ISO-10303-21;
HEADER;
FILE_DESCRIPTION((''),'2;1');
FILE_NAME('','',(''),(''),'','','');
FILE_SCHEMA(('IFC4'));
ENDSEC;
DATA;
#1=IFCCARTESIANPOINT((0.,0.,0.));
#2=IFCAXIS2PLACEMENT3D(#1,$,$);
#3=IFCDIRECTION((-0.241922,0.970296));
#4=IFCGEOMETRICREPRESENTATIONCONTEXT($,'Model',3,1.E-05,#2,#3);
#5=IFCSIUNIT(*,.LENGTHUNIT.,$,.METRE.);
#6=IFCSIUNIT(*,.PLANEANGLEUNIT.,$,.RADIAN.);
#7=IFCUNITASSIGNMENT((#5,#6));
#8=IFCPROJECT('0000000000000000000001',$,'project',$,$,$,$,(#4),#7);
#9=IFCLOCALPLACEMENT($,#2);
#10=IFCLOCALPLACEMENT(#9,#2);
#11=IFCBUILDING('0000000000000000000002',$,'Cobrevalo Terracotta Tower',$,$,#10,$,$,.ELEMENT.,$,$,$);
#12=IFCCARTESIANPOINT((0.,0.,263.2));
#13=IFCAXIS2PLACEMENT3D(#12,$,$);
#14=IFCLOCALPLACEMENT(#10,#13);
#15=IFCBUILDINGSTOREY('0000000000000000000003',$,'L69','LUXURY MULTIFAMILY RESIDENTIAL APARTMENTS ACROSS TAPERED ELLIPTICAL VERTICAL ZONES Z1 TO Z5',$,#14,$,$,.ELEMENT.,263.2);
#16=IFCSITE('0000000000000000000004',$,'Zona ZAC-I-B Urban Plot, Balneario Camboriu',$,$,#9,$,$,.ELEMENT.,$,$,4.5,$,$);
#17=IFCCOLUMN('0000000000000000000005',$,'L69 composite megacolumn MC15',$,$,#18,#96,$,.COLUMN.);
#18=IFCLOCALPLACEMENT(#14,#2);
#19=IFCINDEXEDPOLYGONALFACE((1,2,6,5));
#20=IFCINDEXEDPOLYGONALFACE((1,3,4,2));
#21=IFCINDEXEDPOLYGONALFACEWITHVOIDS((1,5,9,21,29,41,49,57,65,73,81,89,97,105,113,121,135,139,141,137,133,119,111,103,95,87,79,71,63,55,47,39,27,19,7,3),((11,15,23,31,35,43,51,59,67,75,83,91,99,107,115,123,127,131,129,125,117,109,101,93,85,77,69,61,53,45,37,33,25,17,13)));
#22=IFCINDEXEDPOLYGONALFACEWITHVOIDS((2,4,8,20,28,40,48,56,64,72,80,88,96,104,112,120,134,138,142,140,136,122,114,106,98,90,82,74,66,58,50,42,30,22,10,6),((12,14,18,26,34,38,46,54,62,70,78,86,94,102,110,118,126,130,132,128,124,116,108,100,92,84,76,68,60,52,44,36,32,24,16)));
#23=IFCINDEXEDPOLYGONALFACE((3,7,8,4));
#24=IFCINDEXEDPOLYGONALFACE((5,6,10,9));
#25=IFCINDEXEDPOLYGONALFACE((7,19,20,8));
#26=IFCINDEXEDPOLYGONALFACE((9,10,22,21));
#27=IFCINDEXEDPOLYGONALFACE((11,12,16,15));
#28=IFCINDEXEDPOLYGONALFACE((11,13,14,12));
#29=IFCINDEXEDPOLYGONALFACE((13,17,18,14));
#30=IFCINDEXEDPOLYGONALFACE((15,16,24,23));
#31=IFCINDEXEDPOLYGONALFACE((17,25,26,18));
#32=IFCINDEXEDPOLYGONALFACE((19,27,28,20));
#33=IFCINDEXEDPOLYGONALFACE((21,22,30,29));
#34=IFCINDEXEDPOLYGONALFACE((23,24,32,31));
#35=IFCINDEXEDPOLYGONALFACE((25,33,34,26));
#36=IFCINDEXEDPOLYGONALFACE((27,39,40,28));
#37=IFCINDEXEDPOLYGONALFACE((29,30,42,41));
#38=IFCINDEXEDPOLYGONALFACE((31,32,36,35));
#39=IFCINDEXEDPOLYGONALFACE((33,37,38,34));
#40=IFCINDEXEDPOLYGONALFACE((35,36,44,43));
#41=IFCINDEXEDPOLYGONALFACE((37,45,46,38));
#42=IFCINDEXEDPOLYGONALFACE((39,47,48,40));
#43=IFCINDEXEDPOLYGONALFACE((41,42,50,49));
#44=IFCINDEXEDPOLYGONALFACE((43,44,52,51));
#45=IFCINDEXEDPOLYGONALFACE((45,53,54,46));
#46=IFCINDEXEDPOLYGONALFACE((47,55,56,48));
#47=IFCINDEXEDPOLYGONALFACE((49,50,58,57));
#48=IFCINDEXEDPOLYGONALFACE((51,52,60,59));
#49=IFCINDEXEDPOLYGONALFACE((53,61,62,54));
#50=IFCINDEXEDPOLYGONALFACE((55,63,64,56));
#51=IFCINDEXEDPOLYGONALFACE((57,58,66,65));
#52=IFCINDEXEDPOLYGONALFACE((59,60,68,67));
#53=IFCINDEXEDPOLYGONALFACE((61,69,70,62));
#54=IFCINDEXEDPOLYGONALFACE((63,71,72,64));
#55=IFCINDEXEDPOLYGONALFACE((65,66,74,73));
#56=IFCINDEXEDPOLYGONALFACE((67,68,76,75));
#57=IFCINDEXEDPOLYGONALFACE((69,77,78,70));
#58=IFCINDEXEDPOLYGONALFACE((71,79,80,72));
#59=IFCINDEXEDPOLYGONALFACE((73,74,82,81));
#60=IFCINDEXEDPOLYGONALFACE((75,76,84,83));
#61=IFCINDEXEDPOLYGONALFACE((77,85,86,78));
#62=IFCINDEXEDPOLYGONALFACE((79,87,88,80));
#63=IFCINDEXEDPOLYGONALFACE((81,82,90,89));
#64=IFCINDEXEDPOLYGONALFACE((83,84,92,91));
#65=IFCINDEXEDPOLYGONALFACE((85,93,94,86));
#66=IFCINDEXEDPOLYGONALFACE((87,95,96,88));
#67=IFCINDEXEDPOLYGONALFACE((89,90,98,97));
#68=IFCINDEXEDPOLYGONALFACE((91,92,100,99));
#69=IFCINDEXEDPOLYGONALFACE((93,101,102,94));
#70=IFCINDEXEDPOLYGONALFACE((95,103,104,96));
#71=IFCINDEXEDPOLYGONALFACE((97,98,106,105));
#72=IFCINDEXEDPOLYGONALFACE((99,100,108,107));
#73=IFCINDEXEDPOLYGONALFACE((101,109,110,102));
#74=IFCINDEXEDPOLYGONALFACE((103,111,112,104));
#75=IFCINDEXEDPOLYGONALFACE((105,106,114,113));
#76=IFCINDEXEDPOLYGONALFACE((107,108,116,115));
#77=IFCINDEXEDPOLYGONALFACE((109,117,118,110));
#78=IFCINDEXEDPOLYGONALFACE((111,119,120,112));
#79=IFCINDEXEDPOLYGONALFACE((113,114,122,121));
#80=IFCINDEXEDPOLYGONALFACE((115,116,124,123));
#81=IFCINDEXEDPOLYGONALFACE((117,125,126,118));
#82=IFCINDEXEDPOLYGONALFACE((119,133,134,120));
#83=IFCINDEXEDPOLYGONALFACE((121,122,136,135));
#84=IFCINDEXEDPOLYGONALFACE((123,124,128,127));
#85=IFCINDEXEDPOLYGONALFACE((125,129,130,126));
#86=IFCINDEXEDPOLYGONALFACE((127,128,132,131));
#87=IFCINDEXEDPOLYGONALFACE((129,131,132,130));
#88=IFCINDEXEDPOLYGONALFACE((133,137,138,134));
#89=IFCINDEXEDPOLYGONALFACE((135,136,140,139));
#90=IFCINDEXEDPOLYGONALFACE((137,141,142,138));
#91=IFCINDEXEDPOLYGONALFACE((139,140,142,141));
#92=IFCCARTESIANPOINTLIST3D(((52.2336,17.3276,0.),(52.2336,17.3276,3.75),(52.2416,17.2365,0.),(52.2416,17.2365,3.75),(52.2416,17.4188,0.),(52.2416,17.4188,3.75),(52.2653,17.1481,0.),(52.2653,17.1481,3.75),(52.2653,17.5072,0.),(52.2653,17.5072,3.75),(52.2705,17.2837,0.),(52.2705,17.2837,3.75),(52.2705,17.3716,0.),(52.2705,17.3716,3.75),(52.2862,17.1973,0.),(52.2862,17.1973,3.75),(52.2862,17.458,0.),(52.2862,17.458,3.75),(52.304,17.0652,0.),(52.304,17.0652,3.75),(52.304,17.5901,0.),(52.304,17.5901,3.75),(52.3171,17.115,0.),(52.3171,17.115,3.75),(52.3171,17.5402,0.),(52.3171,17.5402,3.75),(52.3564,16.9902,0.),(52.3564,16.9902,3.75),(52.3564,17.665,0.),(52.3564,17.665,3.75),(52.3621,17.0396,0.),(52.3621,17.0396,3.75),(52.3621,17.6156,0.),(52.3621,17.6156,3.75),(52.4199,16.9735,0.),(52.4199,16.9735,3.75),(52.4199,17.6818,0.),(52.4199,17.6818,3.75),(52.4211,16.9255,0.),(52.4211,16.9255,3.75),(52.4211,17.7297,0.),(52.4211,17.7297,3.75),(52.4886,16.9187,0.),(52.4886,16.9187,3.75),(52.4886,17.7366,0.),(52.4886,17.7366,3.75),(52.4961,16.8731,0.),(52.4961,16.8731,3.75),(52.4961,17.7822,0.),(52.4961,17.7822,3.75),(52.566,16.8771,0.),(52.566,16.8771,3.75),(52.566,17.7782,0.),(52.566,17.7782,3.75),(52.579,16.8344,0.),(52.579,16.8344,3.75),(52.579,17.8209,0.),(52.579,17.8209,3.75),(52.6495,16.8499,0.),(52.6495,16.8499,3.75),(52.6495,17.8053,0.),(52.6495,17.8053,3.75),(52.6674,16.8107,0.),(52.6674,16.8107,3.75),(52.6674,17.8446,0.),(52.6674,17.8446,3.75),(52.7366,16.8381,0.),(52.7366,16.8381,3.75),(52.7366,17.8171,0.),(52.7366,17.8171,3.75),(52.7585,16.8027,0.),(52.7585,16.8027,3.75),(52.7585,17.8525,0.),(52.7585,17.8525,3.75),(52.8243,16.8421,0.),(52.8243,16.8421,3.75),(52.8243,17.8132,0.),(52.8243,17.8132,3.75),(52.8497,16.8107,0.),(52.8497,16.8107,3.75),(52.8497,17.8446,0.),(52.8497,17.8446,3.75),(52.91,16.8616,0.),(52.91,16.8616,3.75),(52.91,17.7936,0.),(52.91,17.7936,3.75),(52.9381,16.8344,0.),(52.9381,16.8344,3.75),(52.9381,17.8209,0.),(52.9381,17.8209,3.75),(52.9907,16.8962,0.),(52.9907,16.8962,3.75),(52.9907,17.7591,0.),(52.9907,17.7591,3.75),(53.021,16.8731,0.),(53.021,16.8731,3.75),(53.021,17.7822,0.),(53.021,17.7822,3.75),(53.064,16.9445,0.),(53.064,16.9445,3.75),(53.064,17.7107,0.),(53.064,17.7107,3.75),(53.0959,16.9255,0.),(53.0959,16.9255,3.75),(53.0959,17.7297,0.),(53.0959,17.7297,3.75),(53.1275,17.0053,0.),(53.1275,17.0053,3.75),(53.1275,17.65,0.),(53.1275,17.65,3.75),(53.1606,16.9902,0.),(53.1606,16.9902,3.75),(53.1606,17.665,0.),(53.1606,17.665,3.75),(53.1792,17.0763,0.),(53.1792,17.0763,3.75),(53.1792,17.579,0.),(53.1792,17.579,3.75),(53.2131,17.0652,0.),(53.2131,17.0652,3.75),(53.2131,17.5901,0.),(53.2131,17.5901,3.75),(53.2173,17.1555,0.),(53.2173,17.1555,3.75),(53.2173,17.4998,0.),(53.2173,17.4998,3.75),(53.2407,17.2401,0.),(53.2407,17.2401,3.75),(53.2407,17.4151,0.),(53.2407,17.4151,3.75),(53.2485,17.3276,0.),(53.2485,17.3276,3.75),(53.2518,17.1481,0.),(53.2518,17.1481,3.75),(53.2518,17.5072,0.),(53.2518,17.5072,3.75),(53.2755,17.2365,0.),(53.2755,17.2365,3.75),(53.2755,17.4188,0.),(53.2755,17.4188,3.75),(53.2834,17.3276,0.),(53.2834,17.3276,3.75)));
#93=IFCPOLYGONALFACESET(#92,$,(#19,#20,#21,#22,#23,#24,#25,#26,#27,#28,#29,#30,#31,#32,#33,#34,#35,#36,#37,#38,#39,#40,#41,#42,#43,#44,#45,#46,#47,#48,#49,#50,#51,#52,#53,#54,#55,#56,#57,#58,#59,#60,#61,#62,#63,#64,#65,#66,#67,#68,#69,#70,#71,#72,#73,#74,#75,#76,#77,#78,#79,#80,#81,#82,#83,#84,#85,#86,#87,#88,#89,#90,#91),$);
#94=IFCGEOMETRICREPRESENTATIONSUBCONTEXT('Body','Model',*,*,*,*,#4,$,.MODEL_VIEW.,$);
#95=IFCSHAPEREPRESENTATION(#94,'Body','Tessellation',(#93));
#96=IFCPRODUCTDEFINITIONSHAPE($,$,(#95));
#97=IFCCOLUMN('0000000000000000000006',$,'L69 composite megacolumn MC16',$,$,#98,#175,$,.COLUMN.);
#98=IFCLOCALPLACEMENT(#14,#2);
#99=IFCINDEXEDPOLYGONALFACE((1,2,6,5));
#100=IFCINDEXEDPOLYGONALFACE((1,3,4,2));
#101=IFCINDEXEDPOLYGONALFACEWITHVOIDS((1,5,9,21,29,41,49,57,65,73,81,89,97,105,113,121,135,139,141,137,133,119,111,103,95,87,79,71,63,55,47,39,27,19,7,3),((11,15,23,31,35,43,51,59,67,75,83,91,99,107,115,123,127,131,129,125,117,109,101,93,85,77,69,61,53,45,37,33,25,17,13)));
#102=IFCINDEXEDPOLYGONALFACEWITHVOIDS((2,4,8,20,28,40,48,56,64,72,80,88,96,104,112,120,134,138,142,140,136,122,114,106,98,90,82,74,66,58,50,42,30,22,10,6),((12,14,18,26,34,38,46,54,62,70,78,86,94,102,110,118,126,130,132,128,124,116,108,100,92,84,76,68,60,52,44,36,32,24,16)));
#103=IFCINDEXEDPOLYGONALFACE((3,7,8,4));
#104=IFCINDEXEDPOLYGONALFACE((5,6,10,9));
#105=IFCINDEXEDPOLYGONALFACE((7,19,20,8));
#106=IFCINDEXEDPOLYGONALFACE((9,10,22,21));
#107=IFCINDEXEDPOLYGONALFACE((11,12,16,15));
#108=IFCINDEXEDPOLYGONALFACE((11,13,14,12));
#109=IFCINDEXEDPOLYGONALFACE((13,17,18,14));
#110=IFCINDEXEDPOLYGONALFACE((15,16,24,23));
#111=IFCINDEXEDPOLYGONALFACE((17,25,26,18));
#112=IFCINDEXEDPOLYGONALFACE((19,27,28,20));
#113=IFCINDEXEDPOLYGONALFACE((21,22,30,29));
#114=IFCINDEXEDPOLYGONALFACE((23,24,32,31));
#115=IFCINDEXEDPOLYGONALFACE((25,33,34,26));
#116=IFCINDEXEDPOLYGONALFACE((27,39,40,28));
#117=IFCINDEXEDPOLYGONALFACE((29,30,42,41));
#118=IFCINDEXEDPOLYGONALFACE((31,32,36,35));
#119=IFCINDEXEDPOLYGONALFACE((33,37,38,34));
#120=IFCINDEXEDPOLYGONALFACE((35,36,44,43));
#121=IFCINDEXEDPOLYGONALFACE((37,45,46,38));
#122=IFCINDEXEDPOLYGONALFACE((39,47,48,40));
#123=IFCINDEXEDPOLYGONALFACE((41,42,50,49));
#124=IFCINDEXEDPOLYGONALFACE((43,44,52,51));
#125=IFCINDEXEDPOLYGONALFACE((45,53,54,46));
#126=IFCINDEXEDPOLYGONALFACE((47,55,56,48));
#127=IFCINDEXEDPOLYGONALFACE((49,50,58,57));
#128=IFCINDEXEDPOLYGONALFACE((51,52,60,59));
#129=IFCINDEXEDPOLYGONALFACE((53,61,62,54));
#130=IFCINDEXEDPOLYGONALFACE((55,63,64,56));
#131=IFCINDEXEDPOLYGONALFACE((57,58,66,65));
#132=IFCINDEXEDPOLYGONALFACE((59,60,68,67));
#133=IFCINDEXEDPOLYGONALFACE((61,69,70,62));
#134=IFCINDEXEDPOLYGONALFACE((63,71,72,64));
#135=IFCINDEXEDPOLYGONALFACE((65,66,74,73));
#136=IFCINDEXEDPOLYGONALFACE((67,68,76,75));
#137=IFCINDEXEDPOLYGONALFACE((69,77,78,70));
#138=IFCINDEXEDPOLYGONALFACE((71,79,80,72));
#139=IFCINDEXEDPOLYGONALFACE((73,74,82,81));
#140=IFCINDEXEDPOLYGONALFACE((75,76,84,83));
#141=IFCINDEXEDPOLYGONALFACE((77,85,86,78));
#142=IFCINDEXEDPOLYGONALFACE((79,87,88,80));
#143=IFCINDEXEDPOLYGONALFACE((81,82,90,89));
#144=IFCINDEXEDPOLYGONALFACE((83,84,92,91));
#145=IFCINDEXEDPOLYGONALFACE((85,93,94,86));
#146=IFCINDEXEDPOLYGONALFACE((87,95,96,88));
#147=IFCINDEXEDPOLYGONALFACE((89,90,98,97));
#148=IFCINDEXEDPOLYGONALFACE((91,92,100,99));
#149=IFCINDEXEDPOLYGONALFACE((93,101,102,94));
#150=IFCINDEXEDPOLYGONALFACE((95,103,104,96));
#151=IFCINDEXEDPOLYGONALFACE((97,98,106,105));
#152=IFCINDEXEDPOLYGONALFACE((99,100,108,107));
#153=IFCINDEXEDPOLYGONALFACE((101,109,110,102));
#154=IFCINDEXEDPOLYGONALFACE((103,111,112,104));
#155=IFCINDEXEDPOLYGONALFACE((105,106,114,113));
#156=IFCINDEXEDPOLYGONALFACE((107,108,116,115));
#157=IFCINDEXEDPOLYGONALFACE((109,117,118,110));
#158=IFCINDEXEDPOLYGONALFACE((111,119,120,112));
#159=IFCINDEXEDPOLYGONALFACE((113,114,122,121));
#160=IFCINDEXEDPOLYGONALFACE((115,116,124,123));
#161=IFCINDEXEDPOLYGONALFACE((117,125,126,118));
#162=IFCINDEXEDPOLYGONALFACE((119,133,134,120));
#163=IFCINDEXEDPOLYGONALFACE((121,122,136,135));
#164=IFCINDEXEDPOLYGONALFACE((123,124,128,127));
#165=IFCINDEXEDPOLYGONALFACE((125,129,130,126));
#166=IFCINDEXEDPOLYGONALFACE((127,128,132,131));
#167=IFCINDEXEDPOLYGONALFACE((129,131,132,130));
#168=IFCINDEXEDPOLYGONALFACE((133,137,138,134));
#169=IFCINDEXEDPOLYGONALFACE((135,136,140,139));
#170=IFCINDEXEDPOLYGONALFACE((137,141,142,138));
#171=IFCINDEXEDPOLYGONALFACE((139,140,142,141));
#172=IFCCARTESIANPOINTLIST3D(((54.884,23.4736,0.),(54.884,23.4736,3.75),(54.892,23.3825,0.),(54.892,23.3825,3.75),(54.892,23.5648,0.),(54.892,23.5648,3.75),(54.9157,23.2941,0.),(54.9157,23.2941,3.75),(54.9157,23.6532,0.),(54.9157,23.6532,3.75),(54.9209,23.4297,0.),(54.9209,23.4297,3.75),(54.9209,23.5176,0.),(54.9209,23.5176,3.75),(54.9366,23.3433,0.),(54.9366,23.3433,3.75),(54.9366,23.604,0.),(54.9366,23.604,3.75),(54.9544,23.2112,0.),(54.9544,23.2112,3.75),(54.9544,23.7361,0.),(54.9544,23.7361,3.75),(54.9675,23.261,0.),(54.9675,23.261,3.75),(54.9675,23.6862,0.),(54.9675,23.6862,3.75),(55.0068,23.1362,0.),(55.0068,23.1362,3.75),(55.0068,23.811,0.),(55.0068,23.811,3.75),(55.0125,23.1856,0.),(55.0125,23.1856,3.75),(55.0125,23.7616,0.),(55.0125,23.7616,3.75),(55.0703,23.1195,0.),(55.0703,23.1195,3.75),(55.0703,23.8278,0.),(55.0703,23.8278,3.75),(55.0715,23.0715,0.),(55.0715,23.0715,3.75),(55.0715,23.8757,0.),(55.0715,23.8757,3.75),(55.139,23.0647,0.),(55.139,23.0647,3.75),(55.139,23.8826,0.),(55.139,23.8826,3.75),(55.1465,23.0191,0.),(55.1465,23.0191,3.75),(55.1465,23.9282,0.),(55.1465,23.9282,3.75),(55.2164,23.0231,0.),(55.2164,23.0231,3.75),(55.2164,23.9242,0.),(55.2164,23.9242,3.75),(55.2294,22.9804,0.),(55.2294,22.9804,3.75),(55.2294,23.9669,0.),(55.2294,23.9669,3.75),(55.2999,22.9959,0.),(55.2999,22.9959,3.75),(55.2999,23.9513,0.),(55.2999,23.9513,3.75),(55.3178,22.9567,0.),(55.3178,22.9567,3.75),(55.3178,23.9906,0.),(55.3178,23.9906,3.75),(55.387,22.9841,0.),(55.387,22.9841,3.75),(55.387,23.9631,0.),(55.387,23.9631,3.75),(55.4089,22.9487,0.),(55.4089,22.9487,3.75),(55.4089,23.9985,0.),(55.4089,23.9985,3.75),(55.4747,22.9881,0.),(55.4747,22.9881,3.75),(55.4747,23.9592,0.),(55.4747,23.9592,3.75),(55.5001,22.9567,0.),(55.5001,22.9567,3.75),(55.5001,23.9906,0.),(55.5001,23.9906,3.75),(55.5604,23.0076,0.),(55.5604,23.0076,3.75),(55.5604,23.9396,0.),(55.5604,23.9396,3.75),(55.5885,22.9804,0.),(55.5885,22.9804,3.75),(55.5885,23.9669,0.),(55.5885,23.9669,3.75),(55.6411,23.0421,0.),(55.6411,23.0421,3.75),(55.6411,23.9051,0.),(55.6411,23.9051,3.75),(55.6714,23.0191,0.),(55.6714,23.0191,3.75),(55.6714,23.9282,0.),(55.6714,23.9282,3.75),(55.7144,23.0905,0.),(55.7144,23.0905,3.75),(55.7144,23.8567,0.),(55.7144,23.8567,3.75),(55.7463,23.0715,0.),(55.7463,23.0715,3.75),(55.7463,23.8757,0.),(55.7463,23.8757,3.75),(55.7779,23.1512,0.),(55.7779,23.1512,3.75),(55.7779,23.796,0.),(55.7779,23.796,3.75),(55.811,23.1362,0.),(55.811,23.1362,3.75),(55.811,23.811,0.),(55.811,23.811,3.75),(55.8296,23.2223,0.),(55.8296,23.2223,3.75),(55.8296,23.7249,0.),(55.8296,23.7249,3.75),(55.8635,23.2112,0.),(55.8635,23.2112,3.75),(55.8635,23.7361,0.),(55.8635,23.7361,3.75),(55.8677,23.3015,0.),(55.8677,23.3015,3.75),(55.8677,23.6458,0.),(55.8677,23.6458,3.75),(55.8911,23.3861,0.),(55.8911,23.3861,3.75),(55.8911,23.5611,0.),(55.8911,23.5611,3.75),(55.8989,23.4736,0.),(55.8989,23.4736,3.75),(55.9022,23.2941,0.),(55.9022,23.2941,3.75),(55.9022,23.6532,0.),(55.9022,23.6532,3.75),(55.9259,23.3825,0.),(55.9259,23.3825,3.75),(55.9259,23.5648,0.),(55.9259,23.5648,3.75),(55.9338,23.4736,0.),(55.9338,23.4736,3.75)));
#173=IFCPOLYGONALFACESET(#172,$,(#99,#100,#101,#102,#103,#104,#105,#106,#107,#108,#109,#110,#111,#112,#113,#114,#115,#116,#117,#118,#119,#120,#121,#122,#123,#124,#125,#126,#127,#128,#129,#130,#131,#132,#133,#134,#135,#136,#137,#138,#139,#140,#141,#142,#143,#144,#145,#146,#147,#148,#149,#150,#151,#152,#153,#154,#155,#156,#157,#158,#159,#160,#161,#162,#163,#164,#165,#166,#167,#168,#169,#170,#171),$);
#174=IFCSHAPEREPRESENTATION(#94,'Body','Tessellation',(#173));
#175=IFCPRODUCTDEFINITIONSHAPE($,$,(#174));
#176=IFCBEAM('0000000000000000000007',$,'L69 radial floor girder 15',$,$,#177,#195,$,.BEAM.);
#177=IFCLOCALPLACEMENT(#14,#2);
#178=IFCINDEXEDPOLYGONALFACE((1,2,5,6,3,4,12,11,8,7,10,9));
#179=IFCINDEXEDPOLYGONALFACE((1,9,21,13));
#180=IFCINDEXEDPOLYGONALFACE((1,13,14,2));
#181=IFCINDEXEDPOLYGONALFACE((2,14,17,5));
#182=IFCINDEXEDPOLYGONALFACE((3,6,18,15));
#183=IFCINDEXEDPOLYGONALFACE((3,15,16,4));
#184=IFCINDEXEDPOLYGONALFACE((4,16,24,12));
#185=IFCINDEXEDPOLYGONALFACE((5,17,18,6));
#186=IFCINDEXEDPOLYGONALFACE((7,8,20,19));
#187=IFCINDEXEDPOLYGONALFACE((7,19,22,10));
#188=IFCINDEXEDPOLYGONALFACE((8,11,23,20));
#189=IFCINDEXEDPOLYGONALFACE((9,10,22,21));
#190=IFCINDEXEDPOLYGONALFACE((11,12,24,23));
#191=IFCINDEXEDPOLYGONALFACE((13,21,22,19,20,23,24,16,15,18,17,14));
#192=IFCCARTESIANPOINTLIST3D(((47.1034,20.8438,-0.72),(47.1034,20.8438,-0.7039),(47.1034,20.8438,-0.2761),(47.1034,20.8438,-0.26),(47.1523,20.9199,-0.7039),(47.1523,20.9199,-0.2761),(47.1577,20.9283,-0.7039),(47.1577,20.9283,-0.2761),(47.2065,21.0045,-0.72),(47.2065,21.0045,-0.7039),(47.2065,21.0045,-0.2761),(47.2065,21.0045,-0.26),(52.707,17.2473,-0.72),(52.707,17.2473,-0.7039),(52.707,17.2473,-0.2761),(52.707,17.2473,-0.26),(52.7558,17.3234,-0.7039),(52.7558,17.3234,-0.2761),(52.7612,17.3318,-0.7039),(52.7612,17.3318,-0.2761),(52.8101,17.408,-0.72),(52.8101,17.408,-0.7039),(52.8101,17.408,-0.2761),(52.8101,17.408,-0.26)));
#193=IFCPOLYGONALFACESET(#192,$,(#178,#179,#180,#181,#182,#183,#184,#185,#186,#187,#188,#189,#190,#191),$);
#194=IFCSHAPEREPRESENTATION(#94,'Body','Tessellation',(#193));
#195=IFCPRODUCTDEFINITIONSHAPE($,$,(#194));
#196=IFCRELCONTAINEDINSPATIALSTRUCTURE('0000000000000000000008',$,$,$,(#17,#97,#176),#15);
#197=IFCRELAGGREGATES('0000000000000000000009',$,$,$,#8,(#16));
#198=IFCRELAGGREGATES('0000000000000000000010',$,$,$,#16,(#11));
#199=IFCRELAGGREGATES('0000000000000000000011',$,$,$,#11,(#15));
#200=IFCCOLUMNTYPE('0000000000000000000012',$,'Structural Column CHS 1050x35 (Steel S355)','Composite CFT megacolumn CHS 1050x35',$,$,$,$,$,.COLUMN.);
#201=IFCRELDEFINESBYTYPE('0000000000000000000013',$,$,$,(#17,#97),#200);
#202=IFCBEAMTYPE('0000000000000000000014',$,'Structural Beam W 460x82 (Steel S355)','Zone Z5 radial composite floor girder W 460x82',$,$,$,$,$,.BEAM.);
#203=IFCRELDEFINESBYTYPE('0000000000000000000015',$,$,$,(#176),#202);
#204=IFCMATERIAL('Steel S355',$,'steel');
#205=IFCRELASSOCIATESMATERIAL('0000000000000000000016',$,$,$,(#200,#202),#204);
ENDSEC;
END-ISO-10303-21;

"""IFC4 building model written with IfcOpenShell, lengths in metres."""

from ifc_helpers import new_model, si_unit, direction, frame, origin, origin_2d, place, context, subcontext, project, spatial, hollow_circle, i_section, extrude, material, material_profile, profile_set, type_object, element, save


model = new_model("IFC4")

# Units and contexts
model_context = context("Model", 3, precision=1e-05, world=origin(), true_north=direction((-0.241922, 0.970296)))
body_context = subcontext(model_context, "Body", "Model", "MODEL_VIEW")
ifc_project = project(units=[si_unit("LENGTHUNIT", "METRE"), si_unit("PLANEANGLEUNIT", "RADIAN")], contexts=[model_context])

# Site, building, storey
site_placement = place(None, origin())
site = spatial("IfcSite", under=ifc_project, at=site_placement, Name="Zona ZAC-I-B Urban Plot, Balneario Camboriu", CompositionType="ELEMENT", RefElevation=4.5)
building_placement = place(site_placement, origin())
building = spatial("IfcBuilding", under=site, at=building_placement, Name="Cobrevalo Terracotta Tower", CompositionType="ELEMENT")
storey_placement = place(building_placement, frame((0.0, 0.0, 263.2)))
storey = spatial("IfcBuildingStorey", under=building, at=storey_placement, Name="L69", Description="LUXURY MULTIFAMILY RESIDENTIAL APARTMENTS ACROSS TAPERED ELLIPTICAL VERTICAL ZONES Z1 TO Z5", CompositionType="ELEMENT", Elevation=263.2)

# Columns
ifc_material_1 = material(Name="Steel S355", Category="steel")
ifc_material_profile_1 = material_profile(ifc_material_1, hollow_circle(Radius=0.5249, WallThickness=0.0349, at=origin_2d()), Name="CHS 1050x35")
ifc_profile_set_1 = profile_set([ifc_material_profile_1], Name="Steel S355")
column_type = type_object("IfcColumnType", Name="Structural Column CHS 1050x35 (Steel S355)", Description="Composite CFT megacolumn CHS 1050x35", PredefinedType="COLUMN", material=ifc_profile_set_1)
for number, where, z_axis, x_axis, name in (
    (1, (52.7585, 17.3276, 0.0), (0.0, 0.0, 1.0), (1.0, 0.0, 0.0), "L69 composite megacolumn MC15"),
    (2, (55.4089, 23.4736, 0.0), (0.0, 0.0, 1.0), (1.0, 0.0, 0.0), "L69 composite megacolumn MC16"),
):
    element("IfcColumn", number, at=place(storey_placement, frame(where, z_axis=z_axis, x_axis=x_axis)), inside=storey, type_object=column_type, Name=name, PredefinedType="COLUMN", context=body_context, shape_type="SweptSolid", body=[
        extrude(hollow_circle(Radius=0.5249, WallThickness=0.0349, at=origin_2d()), origin(), (0.0, 0.0, 1.0), 3.75),
    ])

# Beam
ifc_material_profile_2 = material_profile(ifc_material_1, i_section(OverallWidth=0.1909, OverallDepth=0.46, WebThickness=0.01, FlangeThickness=0.0161, at=origin_2d()), Name="W 460x82")
ifc_profile_set_2 = profile_set([ifc_material_profile_2], Name="Steel S355")
beam_type_1 = type_object("IfcBeamType", Name="Structural Beam W 460x82 (Steel S355)", Description="Zone Z5 radial composite floor girder W 460x82", PredefinedType="BEAM", material=ifc_profile_set_2)
beam_1_placement = place(storey_placement, frame((52.7585, 17.3276, -0.49), z_axis=(-0.841576, 0.540138, 0.0), x_axis=(-0.540138, -0.841576, 0.0)))
element("IfcBeam", 3, at=beam_1_placement, inside=storey, type_object=beam_type_1, Name="L69 radial floor girder 15", PredefinedType="BEAM", context=body_context, shape_type="SweptSolid", body=[
    extrude(i_section(OverallWidth=0.1909, OverallDepth=0.46, WebThickness=0.01, FlangeThickness=0.0161, at=origin_2d()), origin(), (0.0, 0.0, 1.0), 6.6584),
])

save(model, "model.ifc")
